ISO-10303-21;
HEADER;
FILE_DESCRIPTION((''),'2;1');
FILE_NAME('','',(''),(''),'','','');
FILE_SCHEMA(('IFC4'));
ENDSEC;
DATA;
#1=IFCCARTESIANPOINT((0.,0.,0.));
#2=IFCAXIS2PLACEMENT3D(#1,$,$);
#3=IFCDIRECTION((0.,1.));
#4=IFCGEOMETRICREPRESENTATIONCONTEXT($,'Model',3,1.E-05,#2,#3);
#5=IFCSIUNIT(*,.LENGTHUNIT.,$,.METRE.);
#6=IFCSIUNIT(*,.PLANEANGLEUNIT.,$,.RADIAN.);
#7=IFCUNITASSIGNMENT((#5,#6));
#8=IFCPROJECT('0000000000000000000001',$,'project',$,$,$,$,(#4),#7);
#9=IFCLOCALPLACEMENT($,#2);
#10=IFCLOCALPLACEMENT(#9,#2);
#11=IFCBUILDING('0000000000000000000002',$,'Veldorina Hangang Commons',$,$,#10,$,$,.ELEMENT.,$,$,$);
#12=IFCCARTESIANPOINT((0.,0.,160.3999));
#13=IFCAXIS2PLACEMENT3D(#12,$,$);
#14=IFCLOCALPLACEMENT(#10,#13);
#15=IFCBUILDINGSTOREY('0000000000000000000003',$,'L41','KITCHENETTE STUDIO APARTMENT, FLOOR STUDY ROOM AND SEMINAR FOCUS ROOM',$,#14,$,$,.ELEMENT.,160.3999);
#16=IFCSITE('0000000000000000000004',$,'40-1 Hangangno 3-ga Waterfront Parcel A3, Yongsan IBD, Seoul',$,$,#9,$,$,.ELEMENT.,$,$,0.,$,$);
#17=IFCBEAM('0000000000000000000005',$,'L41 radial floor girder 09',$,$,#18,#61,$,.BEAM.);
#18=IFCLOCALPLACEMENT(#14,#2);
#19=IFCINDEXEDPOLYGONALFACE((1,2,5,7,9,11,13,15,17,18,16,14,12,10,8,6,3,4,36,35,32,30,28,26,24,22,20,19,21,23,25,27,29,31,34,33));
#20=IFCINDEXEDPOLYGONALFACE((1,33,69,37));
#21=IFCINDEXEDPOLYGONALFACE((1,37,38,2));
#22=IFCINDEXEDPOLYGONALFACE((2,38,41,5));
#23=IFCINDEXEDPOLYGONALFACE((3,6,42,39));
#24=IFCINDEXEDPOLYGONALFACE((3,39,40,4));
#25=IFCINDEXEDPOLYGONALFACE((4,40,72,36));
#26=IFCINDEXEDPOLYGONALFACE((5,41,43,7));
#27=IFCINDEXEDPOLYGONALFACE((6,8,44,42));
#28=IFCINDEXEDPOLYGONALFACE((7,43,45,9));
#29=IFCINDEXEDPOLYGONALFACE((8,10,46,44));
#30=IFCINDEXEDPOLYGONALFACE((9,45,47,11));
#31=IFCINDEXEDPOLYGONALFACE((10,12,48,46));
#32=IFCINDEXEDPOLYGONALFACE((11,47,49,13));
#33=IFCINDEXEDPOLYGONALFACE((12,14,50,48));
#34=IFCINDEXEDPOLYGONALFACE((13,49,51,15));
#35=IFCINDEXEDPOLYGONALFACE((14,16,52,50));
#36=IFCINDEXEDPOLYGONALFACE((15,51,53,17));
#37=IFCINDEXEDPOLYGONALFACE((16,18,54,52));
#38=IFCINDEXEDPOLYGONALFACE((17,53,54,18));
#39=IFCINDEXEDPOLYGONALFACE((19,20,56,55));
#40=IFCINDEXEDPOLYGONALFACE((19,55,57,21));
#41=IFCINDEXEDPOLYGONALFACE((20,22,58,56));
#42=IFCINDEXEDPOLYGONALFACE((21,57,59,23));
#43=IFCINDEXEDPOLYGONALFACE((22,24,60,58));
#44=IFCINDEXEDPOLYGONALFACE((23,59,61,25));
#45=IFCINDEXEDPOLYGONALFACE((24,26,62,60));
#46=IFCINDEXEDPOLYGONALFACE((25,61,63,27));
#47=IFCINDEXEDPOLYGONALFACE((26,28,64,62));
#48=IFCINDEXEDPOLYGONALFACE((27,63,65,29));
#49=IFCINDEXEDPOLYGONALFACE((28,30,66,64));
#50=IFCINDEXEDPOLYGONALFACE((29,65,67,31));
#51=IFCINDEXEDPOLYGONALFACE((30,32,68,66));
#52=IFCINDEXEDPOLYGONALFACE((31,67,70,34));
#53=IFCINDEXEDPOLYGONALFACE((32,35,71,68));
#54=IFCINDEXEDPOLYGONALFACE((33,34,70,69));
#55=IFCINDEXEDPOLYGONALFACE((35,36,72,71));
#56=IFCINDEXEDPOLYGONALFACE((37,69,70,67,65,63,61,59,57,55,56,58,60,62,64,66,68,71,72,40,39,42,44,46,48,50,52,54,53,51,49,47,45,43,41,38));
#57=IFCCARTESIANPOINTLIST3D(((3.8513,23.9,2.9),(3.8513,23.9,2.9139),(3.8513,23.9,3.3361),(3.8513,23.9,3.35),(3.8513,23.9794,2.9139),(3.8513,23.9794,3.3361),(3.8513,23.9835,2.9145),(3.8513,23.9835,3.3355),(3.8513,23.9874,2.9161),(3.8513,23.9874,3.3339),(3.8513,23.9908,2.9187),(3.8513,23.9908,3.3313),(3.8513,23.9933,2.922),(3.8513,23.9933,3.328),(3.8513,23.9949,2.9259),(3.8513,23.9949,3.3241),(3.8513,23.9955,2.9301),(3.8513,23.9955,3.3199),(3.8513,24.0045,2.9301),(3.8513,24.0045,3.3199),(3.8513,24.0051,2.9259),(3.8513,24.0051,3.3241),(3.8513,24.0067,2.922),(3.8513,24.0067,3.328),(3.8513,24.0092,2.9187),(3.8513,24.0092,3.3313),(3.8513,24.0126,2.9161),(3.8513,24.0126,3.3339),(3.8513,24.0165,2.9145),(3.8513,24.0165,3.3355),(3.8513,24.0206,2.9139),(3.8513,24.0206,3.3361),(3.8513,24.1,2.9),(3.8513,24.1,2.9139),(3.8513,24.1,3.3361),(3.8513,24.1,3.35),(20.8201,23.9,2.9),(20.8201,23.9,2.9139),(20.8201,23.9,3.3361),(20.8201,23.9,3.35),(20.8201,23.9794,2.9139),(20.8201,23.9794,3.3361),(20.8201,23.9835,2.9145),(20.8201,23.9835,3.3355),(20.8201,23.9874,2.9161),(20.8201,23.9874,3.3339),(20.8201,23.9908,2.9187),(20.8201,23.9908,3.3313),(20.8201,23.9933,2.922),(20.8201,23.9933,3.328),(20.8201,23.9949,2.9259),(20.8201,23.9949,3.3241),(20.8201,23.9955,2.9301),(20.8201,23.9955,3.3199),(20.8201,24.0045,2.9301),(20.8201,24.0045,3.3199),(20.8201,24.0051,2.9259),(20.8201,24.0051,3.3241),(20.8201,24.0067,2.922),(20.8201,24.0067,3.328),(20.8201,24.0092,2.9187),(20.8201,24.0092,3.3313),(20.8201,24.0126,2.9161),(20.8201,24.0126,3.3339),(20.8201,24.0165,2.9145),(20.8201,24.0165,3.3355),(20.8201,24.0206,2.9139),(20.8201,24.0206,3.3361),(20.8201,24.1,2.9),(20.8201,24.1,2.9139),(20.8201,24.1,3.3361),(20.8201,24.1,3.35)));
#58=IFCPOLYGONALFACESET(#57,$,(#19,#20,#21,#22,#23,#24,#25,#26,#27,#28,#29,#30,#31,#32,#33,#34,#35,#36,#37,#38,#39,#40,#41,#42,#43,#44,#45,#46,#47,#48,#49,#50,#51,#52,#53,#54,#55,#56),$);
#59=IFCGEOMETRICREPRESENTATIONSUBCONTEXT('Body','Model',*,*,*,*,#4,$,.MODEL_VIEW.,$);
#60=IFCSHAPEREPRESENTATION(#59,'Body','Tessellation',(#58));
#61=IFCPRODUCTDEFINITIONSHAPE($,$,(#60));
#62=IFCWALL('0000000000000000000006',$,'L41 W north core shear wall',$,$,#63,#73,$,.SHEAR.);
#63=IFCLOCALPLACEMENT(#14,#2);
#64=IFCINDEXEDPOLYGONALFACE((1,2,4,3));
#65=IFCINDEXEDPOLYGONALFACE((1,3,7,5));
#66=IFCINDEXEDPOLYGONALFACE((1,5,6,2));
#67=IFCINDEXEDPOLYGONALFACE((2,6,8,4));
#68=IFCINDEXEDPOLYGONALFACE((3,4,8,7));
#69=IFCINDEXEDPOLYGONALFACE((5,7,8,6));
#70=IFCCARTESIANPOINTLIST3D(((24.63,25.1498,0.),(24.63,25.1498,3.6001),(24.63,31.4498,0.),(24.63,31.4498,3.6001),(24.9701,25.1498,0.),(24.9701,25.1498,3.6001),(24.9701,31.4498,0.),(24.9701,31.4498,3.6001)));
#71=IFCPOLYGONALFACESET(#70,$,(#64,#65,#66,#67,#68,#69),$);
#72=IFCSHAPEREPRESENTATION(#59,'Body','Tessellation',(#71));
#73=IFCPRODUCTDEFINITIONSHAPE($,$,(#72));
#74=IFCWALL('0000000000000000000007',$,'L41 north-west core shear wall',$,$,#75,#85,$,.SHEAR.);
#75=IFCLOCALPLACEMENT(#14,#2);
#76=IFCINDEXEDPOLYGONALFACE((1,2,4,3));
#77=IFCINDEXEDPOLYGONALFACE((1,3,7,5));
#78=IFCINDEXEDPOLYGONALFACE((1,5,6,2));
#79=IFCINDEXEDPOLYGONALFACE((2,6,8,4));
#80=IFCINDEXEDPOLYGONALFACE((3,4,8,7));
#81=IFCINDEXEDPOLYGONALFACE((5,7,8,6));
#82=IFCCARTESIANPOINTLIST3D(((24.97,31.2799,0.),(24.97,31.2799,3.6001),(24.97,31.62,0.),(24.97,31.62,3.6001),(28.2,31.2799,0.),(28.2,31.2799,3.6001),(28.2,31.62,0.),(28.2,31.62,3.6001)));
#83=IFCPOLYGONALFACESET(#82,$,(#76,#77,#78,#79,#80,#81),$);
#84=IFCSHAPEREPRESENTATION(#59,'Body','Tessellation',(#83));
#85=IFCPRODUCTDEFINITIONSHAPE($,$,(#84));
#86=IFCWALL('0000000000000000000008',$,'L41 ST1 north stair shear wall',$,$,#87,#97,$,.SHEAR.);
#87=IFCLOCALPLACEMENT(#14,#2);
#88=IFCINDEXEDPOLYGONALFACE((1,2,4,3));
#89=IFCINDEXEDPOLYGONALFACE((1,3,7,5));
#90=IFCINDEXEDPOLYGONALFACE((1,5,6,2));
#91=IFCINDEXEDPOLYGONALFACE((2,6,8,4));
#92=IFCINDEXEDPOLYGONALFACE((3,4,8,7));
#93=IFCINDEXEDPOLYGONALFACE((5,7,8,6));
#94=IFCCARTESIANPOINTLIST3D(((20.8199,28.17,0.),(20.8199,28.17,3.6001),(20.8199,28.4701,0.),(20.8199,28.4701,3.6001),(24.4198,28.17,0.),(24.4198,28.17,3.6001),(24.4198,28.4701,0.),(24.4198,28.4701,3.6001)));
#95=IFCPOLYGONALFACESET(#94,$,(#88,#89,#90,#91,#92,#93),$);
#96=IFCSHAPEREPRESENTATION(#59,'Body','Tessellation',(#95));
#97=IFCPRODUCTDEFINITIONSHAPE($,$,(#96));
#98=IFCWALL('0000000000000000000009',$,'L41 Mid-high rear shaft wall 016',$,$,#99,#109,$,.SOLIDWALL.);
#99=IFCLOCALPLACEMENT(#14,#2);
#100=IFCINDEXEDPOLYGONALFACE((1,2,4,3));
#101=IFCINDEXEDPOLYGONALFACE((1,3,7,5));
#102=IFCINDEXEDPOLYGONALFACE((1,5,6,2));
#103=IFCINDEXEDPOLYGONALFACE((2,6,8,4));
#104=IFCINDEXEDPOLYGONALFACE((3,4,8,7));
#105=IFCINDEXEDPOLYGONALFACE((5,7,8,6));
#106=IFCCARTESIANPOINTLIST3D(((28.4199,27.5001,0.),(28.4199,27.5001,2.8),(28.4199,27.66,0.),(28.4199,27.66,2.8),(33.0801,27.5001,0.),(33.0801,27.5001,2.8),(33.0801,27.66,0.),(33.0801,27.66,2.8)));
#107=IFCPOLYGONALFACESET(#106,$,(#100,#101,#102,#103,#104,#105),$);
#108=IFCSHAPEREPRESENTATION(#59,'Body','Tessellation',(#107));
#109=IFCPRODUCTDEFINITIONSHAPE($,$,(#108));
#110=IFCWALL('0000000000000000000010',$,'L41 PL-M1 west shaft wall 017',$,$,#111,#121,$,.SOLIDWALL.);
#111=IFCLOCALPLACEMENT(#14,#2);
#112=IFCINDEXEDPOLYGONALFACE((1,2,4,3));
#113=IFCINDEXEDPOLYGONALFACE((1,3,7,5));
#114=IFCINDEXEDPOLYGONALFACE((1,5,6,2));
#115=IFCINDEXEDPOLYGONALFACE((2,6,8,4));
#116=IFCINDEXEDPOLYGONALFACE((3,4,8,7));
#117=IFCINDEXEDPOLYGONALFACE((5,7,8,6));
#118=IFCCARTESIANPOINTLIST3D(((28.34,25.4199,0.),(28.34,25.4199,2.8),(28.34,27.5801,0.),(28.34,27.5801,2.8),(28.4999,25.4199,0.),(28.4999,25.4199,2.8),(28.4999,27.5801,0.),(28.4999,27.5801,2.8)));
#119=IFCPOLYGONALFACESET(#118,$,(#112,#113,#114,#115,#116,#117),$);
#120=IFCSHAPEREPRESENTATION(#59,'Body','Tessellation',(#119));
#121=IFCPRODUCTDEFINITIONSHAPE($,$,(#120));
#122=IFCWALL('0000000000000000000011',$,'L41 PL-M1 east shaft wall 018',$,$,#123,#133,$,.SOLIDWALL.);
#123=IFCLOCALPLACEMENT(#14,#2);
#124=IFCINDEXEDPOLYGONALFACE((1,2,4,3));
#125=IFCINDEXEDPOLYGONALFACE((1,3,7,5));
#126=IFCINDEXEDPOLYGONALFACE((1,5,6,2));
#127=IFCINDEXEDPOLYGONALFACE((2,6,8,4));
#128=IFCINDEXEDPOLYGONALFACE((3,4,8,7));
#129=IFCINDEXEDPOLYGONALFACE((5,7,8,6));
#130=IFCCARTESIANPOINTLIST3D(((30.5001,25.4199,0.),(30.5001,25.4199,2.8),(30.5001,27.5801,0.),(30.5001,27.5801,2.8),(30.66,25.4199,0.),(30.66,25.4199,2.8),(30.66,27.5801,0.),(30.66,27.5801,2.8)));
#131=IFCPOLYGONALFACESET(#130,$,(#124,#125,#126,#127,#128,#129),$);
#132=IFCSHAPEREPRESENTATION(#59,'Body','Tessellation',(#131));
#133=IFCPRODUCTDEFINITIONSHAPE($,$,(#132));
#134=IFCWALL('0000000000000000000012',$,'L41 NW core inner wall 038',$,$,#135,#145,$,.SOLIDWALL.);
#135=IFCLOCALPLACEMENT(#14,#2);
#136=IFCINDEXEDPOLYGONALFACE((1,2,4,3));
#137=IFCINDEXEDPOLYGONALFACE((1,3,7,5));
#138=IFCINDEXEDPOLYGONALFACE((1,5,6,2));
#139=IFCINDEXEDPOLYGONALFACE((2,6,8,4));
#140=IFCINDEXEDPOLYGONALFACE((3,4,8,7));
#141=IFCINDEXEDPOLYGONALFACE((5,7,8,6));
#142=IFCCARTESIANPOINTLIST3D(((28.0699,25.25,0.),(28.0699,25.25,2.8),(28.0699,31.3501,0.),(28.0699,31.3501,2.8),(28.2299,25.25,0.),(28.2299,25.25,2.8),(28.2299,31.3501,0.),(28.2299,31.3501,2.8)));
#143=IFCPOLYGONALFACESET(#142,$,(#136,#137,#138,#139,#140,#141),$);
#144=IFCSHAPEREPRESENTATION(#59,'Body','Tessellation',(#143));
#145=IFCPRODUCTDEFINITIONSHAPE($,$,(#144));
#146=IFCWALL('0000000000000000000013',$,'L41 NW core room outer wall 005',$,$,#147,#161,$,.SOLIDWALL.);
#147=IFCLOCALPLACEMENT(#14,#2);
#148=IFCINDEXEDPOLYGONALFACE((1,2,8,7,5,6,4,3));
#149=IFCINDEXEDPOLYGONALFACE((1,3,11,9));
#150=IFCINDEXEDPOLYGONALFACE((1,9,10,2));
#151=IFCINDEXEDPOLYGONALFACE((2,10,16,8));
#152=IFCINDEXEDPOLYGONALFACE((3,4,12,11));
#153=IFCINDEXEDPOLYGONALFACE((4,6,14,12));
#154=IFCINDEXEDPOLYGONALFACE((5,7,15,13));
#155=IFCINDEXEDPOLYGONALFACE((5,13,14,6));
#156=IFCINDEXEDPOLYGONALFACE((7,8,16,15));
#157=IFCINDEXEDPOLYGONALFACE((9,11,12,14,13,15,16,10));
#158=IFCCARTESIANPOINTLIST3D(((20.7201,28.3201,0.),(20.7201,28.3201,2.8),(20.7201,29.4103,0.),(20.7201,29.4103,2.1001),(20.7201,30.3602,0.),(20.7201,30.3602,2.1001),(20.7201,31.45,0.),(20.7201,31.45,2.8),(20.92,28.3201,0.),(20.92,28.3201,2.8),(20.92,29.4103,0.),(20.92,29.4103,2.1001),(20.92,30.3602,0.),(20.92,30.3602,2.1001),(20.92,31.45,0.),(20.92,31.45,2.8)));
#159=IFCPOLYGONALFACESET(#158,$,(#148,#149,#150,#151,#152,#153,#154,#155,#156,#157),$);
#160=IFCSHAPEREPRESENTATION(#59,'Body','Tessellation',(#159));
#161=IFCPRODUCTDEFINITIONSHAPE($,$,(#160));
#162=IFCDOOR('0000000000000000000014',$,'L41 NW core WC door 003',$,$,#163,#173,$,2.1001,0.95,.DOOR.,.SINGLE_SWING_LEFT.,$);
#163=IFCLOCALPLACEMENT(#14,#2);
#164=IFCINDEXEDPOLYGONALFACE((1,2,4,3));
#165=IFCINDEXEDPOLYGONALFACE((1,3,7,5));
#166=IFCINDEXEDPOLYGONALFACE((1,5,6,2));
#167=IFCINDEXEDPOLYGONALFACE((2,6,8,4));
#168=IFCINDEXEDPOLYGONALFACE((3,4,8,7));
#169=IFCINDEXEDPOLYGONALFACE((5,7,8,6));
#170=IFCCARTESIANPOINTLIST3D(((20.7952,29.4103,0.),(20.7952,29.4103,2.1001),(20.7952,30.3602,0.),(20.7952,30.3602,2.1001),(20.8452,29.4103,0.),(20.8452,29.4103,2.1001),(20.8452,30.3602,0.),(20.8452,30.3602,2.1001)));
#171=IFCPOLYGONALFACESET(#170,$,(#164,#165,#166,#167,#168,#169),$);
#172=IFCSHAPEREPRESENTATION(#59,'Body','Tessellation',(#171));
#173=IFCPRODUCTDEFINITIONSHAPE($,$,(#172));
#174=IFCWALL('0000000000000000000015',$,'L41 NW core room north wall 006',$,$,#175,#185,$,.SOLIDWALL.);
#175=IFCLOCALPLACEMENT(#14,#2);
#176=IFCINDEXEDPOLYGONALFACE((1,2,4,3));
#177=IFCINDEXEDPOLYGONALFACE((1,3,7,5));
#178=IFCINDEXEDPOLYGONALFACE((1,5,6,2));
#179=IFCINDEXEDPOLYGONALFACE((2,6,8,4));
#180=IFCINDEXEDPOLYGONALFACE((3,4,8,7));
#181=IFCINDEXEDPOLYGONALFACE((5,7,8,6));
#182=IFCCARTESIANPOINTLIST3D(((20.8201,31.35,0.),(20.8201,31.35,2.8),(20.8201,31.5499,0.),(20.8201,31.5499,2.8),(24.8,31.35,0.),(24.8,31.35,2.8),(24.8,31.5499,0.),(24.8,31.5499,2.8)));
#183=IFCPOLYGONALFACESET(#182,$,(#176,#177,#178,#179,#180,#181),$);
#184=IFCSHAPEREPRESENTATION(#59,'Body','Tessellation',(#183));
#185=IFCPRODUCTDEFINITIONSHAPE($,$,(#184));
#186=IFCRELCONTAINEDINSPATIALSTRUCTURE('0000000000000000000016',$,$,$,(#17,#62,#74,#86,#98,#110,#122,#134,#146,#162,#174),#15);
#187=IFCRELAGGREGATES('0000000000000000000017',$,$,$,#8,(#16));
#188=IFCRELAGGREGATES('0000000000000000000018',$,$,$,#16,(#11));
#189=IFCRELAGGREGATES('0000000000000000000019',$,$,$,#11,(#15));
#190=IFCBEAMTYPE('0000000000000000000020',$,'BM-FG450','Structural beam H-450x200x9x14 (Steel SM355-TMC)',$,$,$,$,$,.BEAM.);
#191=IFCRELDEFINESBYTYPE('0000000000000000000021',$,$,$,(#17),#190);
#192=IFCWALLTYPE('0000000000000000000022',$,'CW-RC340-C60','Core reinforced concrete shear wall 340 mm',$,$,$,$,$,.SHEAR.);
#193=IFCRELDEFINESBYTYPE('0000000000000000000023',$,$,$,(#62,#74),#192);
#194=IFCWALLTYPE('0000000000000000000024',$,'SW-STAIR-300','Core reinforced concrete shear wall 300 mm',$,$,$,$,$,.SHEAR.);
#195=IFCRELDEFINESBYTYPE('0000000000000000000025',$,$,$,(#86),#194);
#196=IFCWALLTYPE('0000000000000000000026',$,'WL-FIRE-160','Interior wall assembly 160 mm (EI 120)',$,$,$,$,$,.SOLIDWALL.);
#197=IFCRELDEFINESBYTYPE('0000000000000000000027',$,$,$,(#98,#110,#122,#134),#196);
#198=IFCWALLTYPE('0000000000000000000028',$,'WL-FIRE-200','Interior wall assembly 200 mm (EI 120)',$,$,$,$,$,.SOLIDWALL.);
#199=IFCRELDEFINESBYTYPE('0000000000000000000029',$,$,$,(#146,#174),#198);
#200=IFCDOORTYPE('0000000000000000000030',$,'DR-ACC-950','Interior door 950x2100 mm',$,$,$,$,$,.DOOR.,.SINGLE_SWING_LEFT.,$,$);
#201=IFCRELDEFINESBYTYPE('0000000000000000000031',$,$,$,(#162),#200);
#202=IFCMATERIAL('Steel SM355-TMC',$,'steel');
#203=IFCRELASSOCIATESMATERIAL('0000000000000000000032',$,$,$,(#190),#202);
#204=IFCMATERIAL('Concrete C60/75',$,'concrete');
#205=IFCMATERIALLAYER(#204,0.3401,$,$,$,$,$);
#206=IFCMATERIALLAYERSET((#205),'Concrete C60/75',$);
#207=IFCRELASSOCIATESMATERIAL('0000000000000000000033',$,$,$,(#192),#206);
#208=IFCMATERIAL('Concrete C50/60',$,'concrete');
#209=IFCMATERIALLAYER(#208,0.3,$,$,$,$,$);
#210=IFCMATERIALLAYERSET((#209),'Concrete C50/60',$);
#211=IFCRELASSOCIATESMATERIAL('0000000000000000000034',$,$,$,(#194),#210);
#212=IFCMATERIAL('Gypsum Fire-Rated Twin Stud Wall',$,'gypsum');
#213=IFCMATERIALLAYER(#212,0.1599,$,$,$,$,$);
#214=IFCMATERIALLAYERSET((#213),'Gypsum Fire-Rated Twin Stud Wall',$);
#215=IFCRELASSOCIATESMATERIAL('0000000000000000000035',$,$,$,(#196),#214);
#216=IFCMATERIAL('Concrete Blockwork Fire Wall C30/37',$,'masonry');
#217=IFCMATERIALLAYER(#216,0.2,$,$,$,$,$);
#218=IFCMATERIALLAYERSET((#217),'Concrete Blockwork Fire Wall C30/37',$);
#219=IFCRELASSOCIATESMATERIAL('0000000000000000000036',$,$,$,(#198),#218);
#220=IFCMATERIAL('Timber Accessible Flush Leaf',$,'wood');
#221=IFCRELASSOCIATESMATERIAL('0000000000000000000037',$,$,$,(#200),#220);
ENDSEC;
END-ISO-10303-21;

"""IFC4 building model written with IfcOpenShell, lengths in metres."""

from ifc_helpers import new_model, si_unit, direction, frame, frame_2d, origin, origin_2d, place, context, subcontext, project, spatial, rectangle, i_section, extrude, material, layer, layer_set, material_profile, profile_set, type_object, element, fill, save


model = new_model("IFC4")

# Units and contexts
model_context = context("Model", 3, precision=1e-05, world=origin(), true_north=direction((0.0, 1.0)))
body_context = subcontext(model_context, "Body", "Model", "MODEL_VIEW")
ifc_project = project(units=[si_unit("LENGTHUNIT", "METRE"), si_unit("PLANEANGLEUNIT", "RADIAN")], contexts=[model_context])

# Site, building, storey
site_placement = place(None, origin())
site = spatial("IfcSite", under=ifc_project, at=site_placement, Name="40-1 Hangangno 3-ga Waterfront Parcel A3, Yongsan IBD, Seoul", CompositionType="ELEMENT", RefElevation=0.0)
building_placement = place(site_placement, origin())
building = spatial("IfcBuilding", under=site, at=building_placement, Name="Veldorina Hangang Commons", CompositionType="ELEMENT")
storey_placement = place(building_placement, frame((0.0, 0.0, 160.3999)))
storey = spatial("IfcBuildingStorey", under=building, at=storey_placement, Name="L41", Description="KITCHENETTE STUDIO APARTMENT, FLOOR STUDY ROOM AND SEMINAR FOCUS ROOM", CompositionType="ELEMENT", Elevation=160.3999)

# Beam
ifc_material_1 = material(Name="Concrete C60/75", Category="concrete")
ifc_material_2 = material(Name="Steel SM355-TMC", Category="steel")
ifc_material_profile_1 = material_profile(ifc_material_2, i_section(OverallWidth=0.2, OverallDepth=0.45, WebThickness=0.009, FlangeThickness=0.0139, FilletRadius=0.0161, at=origin_2d()), Name="H-450x200x9x14")
ifc_profile_set_1 = profile_set([ifc_material_profile_1], Name="Steel SM355-TMC")
beam_type_1 = type_object("IfcBeamType", Name="BM-FG450", Description="Structural beam H-450x200x9x14 (Steel SM355-TMC)", PredefinedType="BEAM", material=ifc_profile_set_1)
beam_1_placement = place(storey_placement, frame((20.8201, 24.0, 3.125), z_axis=(-1.0, 0.0, 0.0), x_axis=(0.0, -1.0, 0.0)))
element("IfcBeam", 1, at=beam_1_placement, inside=storey, type_object=beam_type_1, Name="L41 radial floor girder 09", PredefinedType="BEAM", context=body_context, shape_type="SweptSolid", body=[
    extrude(i_section(OverallWidth=0.2, OverallDepth=0.45, WebThickness=0.009, FlangeThickness=0.0139, FilletRadius=0.0161, at=origin_2d()), origin(), (0.0, 0.0, 1.0), 16.9688),
])

# Walls
ifc_layer_1 = layer(ifc_material_1, 0.3401)
ifc_layer_set_1 = layer_set([ifc_layer_1], Name="Concrete C60/75")
wall_type_1 = type_object("IfcWallType", Name="CW-RC340-C60", Description="Core reinforced concrete shear wall 340 mm", PredefinedType="SHEAR", material=ifc_layer_set_1)
wall_1_placement = place(storey_placement, frame((24.8, 25.1499, 0.0), z_axis=(0.0, 0.0, 1.0), x_axis=(0.0, 1.0, 0.0)))
element("IfcWall", 2, at=wall_1_placement, inside=storey, type_object=wall_type_1, Name="L41 W north core shear wall", PredefinedType="SHEAR", context=body_context, shape_type="SweptSolid", body=[
    extrude(rectangle(XDim=6.3, YDim=0.3401, at=frame_2d((3.1499, 0.0))), origin(), (0.0, 0.0, 1.0), 3.6001),
])
wall_2_placement = place(storey_placement, frame((24.97, 31.45, 0.0), z_axis=(0.0, 0.0, 1.0), x_axis=(1.0, 0.0, 0.0)))
element("IfcWall", 3, at=wall_2_placement, inside=storey, type_object=wall_type_1, Name="L41 north-west core shear wall", PredefinedType="SHEAR", context=body_context, shape_type="SweptSolid", body=[
    extrude(rectangle(XDim=3.23, YDim=0.3401, at=frame_2d((1.615, 0.0))), origin(), (0.0, 0.0, 1.0), 3.6001),
])
ifc_material_3 = material(Name="Concrete C50/60", Category="concrete")
ifc_layer_2 = layer(ifc_material_3, 0.3)
ifc_layer_set_2 = layer_set([ifc_layer_2], Name="Concrete C50/60")
wall_type_2 = type_object("IfcWallType", Name="SW-STAIR-300", Description="Core reinforced concrete shear wall 300 mm", PredefinedType="SHEAR", material=ifc_layer_set_2)
wall_3_placement = place(storey_placement, frame((20.8201, 28.3201, 0.0), z_axis=(0.0, 0.0, 1.0), x_axis=(1.0, 0.0, 0.0)))
element("IfcWall", 4, at=wall_3_placement, inside=storey, type_object=wall_type_2, Name="L41 ST1 north stair shear wall", PredefinedType="SHEAR", context=body_context, shape_type="SweptSolid", body=[
    extrude(rectangle(XDim=3.5999, YDim=0.3, at=frame_2d((1.7998, 0.0))), origin(), (0.0, 0.0, 1.0), 3.6001),
])

# Shared definitions
ifc_material_4 = material(Name="Gypsum Fire-Rated Twin Stud Wall", Category="gypsum")
ifc_layer_3 = layer(ifc_material_4, 0.1599)
ifc_layer_set_3 = layer_set([ifc_layer_3], Name="Gypsum Fire-Rated Twin Stud Wall")
wall_type_3 = type_object("IfcWallType", Name="WL-FIRE-160", Description="Interior wall assembly 160 mm (EI 120)", PredefinedType="SOLIDWALL", material=ifc_layer_set_3)

# Walls
wall_4_placement = place(storey_placement, frame((28.4199, 27.5801, 0.0), z_axis=(0.0, 0.0, 1.0), x_axis=(1.0, 0.0, 0.0)))
element("IfcWall", 5, at=wall_4_placement, inside=storey, type_object=wall_type_3, Name="L41 Mid-high rear shaft wall 016", PredefinedType="SOLIDWALL", context=body_context, shape_type="SweptSolid", body=[
    extrude(rectangle(XDim=4.6602, YDim=0.1599, at=frame_2d((2.3301, 0.0))), origin(), (0.0, 0.0, 1.0), 2.8),
])
for number, where, z_axis, x_axis, name in (
    (6, (28.4199, 25.4199, 0.0), (0.0, 0.0, 1.0), (0.0, 1.0, 0.0), "L41 PL-M1 west shaft wall 017"),
    (7, (30.5801, 25.4199, 0.0), (0.0, 0.0, 1.0), (0.0, 1.0, 0.0), "L41 PL-M1 east shaft wall 018"),
):
    element("IfcWall", number, at=place(storey_placement, frame(where, z_axis=z_axis, x_axis=x_axis)), inside=storey, type_object=wall_type_3, Name=name, PredefinedType="SOLIDWALL", context=body_context, shape_type="SweptSolid", body=[
        extrude(rectangle(XDim=2.1602, YDim=0.1599, at=frame_2d((1.0801, 0.0))), origin(), (0.0, 0.0, 1.0), 2.8),
    ])
wall_5_placement = place(storey_placement, frame((28.1499, 25.25, 0.0), z_axis=(0.0, 0.0, 1.0), x_axis=(0.0, 1.0, 0.0)))
element("IfcWall", 8, at=wall_5_placement, inside=storey, type_object=wall_type_3, Name="L41 NW core inner wall 038", PredefinedType="SOLIDWALL", context=body_context, shape_type="SweptSolid", body=[
    extrude(rectangle(XDim=6.1001, YDim=0.1599, at=frame_2d((3.05, 0.0))), origin(), (0.0, 0.0, 1.0), 2.8),
])

# Wall, opening, door
ifc_material_5 = material(Name="Concrete Blockwork Fire Wall C30/37", Category="masonry")
ifc_layer_4 = layer(ifc_material_5, 0.2)
ifc_layer_set_4 = layer_set([ifc_layer_4], Name="Concrete Blockwork Fire Wall C30/37")
wall_type_4 = type_object("IfcWallType", Name="WL-FIRE-200", Description="Interior wall assembly 200 mm (EI 120)", PredefinedType="SOLIDWALL", material=ifc_layer_set_4)
wall_6_placement = place(storey_placement, frame((20.8201, 28.3201, 0.0), z_axis=(0.0, 0.0, 1.0), x_axis=(0.0, 1.0, 0.0)))
wall_6 = element("IfcWall", 9, at=wall_6_placement, inside=storey, type_object=wall_type_4, Name="L41 NW core room outer wall 005", PredefinedType="SOLIDWALL", context=body_context, shape_type="SweptSolid", body=[
    extrude(rectangle(XDim=3.1299, YDim=0.2, at=frame_2d((1.5649, 0.0))), origin(), (0.0, 0.0, 1.0), 2.8),
])
opening_1_placement = place(wall_6_placement, frame((1.0901, 0.0, 0.0)))
opening_1 = element("IfcOpeningElement", 10, at=opening_1_placement, cuts=wall_6, PredefinedType="OPENING", context=body_context, shape_type="SweptSolid", body=[
    extrude(rectangle(XDim=0.95, YDim=2.1001, at=frame_2d((0.4751, 1.05))), frame((0.0, 0.1099, 0.0), z_axis=(0.0, -1.0, 0.0), x_axis=(1.0, 0.0, 0.0)), (0.0, 0.0, 1.0), 0.22),
])
ifc_material_6 = material(Name="Timber Accessible Flush Leaf", Category="wood")
door_type_1 = type_object("IfcDoorType", Name="DR-ACC-950", Description="Interior door 950x2100 mm", OperationType="SINGLE_SWING_LEFT", PredefinedType="DOOR", material=ifc_material_6)
door_1_placement = place(opening_1_placement, origin())
door_1 = element("IfcDoor", 11, at=door_1_placement, inside=storey, type_object=door_type_1, Name="L41 NW core WC door 003", OperationType="SINGLE_SWING_LEFT", OverallHeight=2.1001, OverallWidth=0.95, PredefinedType="DOOR", context=body_context, shape_type="SweptSolid", body=[
    extrude(rectangle(XDim=0.95, YDim=2.1001, at=frame_2d((0.4751, 1.05))), frame((0.0, 0.0249, 0.0), z_axis=(0.0, -1.0, 0.0), x_axis=(1.0, 0.0, 0.0)), (0.0, 0.0, 1.0), 0.05),
])
fill(opening_1, door_1)

# Wall
wall_7_placement = place(storey_placement, frame((20.8201, 31.45, 0.0), z_axis=(0.0, 0.0, 1.0), x_axis=(1.0, 0.0, 0.0)))
element("IfcWall", 12, at=wall_7_placement, inside=storey, type_object=wall_type_4, Name="L41 NW core room north wall 006", PredefinedType="SOLIDWALL", context=body_context, shape_type="SweptSolid", body=[
    extrude(rectangle(XDim=3.98, YDim=0.2, at=frame_2d((1.99, 0.0))), origin(), (0.0, 0.0, 1.0), 2.8),
])

save(model, "model.ifc")
